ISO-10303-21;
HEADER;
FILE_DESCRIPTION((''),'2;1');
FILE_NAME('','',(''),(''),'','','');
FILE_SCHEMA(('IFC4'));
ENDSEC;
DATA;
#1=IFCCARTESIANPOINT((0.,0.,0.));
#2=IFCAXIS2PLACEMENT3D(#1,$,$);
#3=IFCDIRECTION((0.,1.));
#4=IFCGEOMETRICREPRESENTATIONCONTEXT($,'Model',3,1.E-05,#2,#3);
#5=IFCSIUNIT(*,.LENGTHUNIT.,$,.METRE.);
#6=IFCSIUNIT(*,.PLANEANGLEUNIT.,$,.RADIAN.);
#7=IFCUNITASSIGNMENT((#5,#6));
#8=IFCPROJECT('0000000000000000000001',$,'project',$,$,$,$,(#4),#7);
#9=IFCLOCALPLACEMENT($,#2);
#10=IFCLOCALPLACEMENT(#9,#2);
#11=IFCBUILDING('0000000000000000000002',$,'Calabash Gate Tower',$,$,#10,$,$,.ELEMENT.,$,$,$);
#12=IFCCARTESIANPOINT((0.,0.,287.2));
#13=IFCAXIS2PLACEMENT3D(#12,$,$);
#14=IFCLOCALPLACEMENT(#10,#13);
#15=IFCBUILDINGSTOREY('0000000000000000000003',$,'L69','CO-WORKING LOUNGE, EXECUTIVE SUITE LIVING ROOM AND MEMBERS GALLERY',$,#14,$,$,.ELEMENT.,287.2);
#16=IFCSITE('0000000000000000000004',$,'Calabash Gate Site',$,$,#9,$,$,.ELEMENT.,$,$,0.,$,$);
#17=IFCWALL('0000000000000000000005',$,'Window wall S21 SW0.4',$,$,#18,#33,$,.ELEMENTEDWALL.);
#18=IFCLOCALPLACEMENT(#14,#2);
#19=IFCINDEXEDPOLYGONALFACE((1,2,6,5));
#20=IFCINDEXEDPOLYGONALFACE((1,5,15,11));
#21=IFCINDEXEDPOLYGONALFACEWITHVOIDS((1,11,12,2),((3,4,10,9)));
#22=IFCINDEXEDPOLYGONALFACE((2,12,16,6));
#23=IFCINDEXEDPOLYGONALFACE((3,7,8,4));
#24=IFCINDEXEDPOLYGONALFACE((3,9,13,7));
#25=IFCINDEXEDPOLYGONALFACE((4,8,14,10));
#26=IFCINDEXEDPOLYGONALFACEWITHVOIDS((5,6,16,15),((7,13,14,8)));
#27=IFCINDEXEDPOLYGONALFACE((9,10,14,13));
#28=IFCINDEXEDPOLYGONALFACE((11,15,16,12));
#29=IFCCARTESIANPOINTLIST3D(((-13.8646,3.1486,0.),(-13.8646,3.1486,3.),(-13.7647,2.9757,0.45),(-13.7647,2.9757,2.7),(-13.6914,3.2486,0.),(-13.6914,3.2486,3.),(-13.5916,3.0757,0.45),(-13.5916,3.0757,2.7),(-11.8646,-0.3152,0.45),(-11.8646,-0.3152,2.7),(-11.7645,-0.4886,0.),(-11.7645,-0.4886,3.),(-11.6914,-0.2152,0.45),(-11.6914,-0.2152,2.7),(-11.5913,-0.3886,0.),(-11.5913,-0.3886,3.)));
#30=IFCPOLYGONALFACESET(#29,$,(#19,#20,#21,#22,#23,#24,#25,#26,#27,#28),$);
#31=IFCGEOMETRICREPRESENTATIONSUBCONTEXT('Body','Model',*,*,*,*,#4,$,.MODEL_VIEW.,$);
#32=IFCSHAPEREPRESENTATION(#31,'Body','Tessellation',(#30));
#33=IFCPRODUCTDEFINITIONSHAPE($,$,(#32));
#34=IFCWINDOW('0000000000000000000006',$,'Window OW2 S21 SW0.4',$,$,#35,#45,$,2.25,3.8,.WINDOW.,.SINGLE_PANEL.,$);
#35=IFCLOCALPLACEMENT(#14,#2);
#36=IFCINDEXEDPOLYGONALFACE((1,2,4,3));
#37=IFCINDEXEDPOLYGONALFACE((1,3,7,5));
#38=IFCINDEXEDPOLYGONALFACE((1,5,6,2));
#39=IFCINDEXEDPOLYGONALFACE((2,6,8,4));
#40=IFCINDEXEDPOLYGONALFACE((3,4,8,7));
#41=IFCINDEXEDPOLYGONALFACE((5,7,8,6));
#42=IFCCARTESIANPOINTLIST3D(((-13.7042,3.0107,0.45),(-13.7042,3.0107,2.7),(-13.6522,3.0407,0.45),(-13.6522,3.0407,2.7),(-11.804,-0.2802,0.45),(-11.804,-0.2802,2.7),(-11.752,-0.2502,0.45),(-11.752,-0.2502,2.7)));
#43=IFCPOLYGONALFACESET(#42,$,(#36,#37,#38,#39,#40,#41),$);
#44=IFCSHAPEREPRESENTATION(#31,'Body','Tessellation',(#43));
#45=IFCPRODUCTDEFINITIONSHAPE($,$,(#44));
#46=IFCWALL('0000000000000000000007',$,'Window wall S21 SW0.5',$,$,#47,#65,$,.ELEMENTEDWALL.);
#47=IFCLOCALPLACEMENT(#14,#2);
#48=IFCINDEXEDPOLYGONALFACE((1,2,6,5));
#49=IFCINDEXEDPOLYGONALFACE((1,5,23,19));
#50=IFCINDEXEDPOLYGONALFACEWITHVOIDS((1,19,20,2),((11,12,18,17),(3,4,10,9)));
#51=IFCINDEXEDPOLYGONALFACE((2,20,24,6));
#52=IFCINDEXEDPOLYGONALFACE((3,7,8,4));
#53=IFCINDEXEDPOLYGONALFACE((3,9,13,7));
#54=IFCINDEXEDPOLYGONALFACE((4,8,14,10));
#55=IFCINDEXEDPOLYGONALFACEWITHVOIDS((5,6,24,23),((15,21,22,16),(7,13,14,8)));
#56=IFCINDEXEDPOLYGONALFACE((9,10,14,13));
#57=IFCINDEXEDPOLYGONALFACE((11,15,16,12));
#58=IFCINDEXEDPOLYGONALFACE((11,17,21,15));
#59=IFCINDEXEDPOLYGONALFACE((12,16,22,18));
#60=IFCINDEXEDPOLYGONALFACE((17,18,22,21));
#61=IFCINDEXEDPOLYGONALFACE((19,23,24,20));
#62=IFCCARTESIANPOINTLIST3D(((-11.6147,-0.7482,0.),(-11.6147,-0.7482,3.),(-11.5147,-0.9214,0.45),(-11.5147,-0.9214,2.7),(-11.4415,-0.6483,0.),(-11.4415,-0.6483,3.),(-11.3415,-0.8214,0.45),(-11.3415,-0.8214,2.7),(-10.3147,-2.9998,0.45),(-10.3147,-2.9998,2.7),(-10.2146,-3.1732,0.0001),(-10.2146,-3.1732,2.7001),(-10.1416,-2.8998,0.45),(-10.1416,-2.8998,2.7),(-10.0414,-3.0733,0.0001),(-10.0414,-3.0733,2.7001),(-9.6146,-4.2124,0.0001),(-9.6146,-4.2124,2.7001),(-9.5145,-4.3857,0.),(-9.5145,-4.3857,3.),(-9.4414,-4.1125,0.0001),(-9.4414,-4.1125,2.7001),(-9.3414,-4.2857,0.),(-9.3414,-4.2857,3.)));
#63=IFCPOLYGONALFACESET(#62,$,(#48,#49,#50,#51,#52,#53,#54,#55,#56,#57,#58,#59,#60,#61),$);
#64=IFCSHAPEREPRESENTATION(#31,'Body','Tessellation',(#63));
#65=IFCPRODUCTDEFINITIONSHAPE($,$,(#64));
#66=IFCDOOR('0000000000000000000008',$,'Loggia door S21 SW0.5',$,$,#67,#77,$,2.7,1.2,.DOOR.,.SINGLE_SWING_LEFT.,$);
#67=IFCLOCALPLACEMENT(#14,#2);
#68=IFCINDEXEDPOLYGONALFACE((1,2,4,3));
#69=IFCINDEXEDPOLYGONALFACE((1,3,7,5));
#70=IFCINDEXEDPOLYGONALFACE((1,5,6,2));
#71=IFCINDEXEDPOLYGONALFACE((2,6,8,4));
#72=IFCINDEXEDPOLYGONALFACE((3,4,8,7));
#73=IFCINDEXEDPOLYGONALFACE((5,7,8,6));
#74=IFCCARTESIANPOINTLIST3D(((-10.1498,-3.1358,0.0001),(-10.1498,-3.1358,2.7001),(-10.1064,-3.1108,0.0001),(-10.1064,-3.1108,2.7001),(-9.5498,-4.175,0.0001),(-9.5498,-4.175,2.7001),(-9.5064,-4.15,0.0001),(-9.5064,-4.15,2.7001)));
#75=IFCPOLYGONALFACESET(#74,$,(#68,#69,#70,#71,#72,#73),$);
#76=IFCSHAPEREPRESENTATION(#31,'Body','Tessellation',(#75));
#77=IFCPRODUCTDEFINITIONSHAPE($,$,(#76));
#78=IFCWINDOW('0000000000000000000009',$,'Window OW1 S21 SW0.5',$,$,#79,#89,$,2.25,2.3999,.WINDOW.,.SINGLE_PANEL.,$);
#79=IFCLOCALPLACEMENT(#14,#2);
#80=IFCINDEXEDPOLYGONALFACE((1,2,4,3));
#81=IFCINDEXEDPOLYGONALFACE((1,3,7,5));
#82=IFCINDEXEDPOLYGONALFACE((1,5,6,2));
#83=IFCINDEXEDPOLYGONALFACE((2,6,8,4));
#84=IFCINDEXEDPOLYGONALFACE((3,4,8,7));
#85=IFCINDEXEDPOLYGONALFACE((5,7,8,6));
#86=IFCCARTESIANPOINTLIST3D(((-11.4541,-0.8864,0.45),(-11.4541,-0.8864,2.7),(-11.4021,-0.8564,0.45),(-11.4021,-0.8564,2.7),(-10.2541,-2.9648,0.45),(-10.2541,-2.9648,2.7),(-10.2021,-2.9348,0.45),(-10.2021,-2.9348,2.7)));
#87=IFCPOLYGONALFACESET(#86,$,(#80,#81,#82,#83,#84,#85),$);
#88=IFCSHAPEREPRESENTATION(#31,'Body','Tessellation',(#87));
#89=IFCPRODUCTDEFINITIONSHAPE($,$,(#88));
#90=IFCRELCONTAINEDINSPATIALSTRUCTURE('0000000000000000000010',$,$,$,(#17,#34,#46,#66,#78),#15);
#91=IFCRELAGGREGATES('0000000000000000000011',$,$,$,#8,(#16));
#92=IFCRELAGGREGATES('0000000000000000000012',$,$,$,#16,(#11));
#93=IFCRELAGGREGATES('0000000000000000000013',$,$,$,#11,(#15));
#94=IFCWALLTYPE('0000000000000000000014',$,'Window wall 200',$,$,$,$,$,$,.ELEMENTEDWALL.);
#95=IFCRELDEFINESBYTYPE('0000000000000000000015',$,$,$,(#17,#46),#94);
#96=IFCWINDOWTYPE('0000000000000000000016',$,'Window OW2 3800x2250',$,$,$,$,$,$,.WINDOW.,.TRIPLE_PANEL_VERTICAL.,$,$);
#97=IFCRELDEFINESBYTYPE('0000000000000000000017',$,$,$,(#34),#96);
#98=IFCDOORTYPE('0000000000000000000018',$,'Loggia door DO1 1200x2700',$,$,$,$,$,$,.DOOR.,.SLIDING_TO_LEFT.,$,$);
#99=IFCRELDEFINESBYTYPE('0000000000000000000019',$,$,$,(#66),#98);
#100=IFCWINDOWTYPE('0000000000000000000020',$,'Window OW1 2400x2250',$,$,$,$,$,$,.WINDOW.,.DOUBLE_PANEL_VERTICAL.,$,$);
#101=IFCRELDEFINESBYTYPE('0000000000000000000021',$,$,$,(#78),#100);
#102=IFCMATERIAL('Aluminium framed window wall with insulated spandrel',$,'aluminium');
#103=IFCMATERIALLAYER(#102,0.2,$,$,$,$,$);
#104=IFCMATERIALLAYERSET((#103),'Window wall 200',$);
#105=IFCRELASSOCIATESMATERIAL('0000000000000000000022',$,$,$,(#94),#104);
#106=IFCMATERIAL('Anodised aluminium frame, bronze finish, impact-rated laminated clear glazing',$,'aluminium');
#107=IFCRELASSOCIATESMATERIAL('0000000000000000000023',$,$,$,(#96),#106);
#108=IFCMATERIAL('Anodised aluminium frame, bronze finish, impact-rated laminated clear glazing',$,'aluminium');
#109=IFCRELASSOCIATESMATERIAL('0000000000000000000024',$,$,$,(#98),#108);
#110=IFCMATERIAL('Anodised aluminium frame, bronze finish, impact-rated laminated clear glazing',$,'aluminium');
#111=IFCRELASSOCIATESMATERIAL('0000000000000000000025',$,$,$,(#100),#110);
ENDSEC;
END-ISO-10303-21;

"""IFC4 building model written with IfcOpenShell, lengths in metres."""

from ifc_helpers import new_model, si_unit, direction, frame, frame_2d, origin, place, context, subcontext, project, spatial, rectangle, extrude, material, layer, layer_set, type_object, element, fill, save


model = new_model("IFC4")

# Units and contexts
model_context = context("Model", 3, precision=1e-05, world=origin(), true_north=direction((0.0, 1.0)))
body_context = subcontext(model_context, "Body", "Model", "MODEL_VIEW")
ifc_project = project(units=[si_unit("LENGTHUNIT", "METRE"), si_unit("PLANEANGLEUNIT", "RADIAN")], contexts=[model_context])

# Site, building, storey
site_placement = place(None, origin())
site = spatial("IfcSite", under=ifc_project, at=site_placement, Name="Calabash Gate Site", CompositionType="ELEMENT", RefElevation=0.0)
building_placement = place(site_placement, origin())
building = spatial("IfcBuilding", under=site, at=building_placement, Name="Calabash Gate Tower", CompositionType="ELEMENT")
storey_placement = place(building_placement, frame((0.0, 0.0, 287.2)))
storey = spatial("IfcBuildingStorey", under=building, at=storey_placement, Name="L69", Description="CO-WORKING LOUNGE, EXECUTIVE SUITE LIVING ROOM AND MEMBERS GALLERY", CompositionType="ELEMENT", Elevation=287.2)

# Wall, opening, window
ifc_material_1 = material(Name="Aluminium framed window wall with insulated spandrel", Category="aluminium")
ifc_layer_1 = layer(ifc_material_1, 0.2)
ifc_layer_set_1 = layer_set([ifc_layer_1], Name="Window wall 200")
wall_type_1 = type_object("IfcWallType", Name="Window wall 200", PredefinedType="ELEMENTEDWALL", material=ifc_layer_set_1)
wall_1_placement = place(storey_placement, frame((-13.7781, 3.1987, 0.0), z_axis=(0.0, 0.0, 1.0), x_axis=(0.500028, -0.866009, 0.0)))
wall_1 = element("IfcWall", 1, at=wall_1_placement, inside=storey, type_object=wall_type_1, Name="Window wall S21 SW0.4", PredefinedType="ELEMENTEDWALL", context=body_context, shape_type="SweptSolid", body=[
    extrude(rectangle(XDim=4.2, YDim=0.2, at=frame_2d((2.1001, 0.0))), origin(), (0.0, 0.0, 1.0), 3.0),
])
opening_1_placement = place(wall_1_placement, frame((0.2, 0.0, 0.45)))
opening_1 = element("IfcOpeningElement", 2, at=opening_1_placement, cuts=wall_1, PredefinedType="OPENING", context=body_context, shape_type="SweptSolid", body=[
    extrude(rectangle(XDim=3.8, YDim=2.25, at=frame_2d((1.8999, 1.125))), frame((0.0, 0.1099, 0.0), z_axis=(0.0, -1.0, 0.0), x_axis=(1.0, 0.0, 0.0)), (0.0, 0.0, 1.0), 0.22),
])
ifc_material_2 = material(Name="Anodised aluminium frame, bronze finish, impact-rated laminated clear glazing", Category="aluminium")
window_type_1 = type_object("IfcWindowType", Name="Window OW2 3800x2250", PartitioningType="TRIPLE_PANEL_VERTICAL", PredefinedType="WINDOW", material=ifc_material_2)
window_1_placement = place(opening_1_placement, origin())
window_1 = element("IfcWindow", 3, at=window_1_placement, inside=storey, type_object=window_type_1, Name="Window OW2 S21 SW0.4", OverallHeight=2.25, OverallWidth=3.8, PartitioningType="SINGLE_PANEL", PredefinedType="WINDOW", context=body_context, shape_type="SweptSolid", body=[
    extrude(rectangle(XDim=3.8, YDim=2.25, at=frame_2d((1.8999, 1.125))), frame((0.0, 0.03, 0.0), z_axis=(0.0, -1.0, 0.0), x_axis=(1.0, 0.0, 0.0)), (0.0, 0.0, 1.0), 0.0601),
])
fill(opening_1, window_1)

# Wall, openings, door, window
wall_2_placement = place(storey_placement, frame((-11.5281, -0.6982, 0.0), z_axis=(0.0, 0.0, 1.0), x_axis=(0.500003, -0.866024, 0.0)))
wall_2 = element("IfcWall", 4, at=wall_2_placement, inside=storey, type_object=wall_type_1, Name="Window wall S21 SW0.5", PredefinedType="ELEMENTEDWALL", context=body_context, shape_type="SweptSolid", body=[
    extrude(rectangle(XDim=4.2002, YDim=0.2, at=frame_2d((2.1001, 0.0))), origin(), (0.0, 0.0, 1.0), 3.0),
])
opening_2_placement = place(wall_2_placement, frame((0.2, 0.0, 0.45)))
opening_2 = element("IfcOpeningElement", 5, at=opening_2_placement, cuts=wall_2, PredefinedType="OPENING", context=body_context, shape_type="SweptSolid", body=[
    extrude(rectangle(XDim=2.3999, YDim=2.25, at=frame_2d((1.2, 1.125))), frame((0.0, 0.1099, 0.0), z_axis=(0.0, -1.0, 0.0), x_axis=(1.0, 0.0, 0.0)), (0.0, 0.0, 1.0), 0.22),
])
opening_3_placement = place(wall_2_placement, frame((2.8, 0.0, 0.0)))
opening_3 = element("IfcOpeningElement", 6, at=opening_3_placement, cuts=wall_2, PredefinedType="OPENING", context=body_context, shape_type="SweptSolid", body=[
    extrude(rectangle(XDim=1.2, YDim=2.7, at=frame_2d((0.6001, 1.3501))), frame((0.0, 0.1099, 0.0), z_axis=(0.0, -1.0, 0.0), x_axis=(1.0, 0.0, 0.0)), (0.0, 0.0, 1.0), 0.22),
])
ifc_material_3 = material(Name="Anodised aluminium frame, bronze finish, impact-rated laminated clear glazing", Category="aluminium")
door_type_1 = type_object("IfcDoorType", Name="Loggia door DO1 1200x2700", OperationType="SLIDING_TO_LEFT", PredefinedType="DOOR", material=ifc_material_3)
door_1_placement = place(opening_3_placement, origin())
door_1 = element("IfcDoor", 7, at=door_1_placement, inside=storey, type_object=door_type_1, Name="Loggia door S21 SW0.5", OperationType="SINGLE_SWING_LEFT", OverallHeight=2.7, OverallWidth=1.2, PredefinedType="DOOR", context=body_context, shape_type="SweptSolid", body=[
    extrude(rectangle(XDim=1.2, YDim=2.7, at=frame_2d((0.6001, 1.3501))), frame((0.0, 0.0249, 0.0), z_axis=(0.0, -1.0, 0.0), x_axis=(1.0, 0.0, 0.0)), (0.0, 0.0, 1.0), 0.05),
])
fill(opening_3, door_1)
ifc_material_4 = material(Name="Anodised aluminium frame, bronze finish, impact-rated laminated clear glazing", Category="aluminium")
window_type_2 = type_object("IfcWindowType", Name="Window OW1 2400x2250", PartitioningType="DOUBLE_PANEL_VERTICAL", PredefinedType="WINDOW", material=ifc_material_4)
window_2_placement = place(opening_2_placement, origin())
window_2 = element("IfcWindow", 8, at=window_2_placement, inside=storey, type_object=window_type_2, Name="Window OW1 S21 SW0.5", OverallHeight=2.25, OverallWidth=2.3999, PartitioningType="SINGLE_PANEL", PredefinedType="WINDOW", context=body_context, shape_type="SweptSolid", body=[
    extrude(rectangle(XDim=2.3999, YDim=2.25, at=frame_2d((1.2, 1.125))), frame((0.0, 0.03, 0.0), z_axis=(0.0, -1.0, 0.0), x_axis=(1.0, 0.0, 0.0)), (0.0, 0.0, 1.0), 0.0601),
])
fill(opening_2, window_2)

save(model, "model.ifc")
